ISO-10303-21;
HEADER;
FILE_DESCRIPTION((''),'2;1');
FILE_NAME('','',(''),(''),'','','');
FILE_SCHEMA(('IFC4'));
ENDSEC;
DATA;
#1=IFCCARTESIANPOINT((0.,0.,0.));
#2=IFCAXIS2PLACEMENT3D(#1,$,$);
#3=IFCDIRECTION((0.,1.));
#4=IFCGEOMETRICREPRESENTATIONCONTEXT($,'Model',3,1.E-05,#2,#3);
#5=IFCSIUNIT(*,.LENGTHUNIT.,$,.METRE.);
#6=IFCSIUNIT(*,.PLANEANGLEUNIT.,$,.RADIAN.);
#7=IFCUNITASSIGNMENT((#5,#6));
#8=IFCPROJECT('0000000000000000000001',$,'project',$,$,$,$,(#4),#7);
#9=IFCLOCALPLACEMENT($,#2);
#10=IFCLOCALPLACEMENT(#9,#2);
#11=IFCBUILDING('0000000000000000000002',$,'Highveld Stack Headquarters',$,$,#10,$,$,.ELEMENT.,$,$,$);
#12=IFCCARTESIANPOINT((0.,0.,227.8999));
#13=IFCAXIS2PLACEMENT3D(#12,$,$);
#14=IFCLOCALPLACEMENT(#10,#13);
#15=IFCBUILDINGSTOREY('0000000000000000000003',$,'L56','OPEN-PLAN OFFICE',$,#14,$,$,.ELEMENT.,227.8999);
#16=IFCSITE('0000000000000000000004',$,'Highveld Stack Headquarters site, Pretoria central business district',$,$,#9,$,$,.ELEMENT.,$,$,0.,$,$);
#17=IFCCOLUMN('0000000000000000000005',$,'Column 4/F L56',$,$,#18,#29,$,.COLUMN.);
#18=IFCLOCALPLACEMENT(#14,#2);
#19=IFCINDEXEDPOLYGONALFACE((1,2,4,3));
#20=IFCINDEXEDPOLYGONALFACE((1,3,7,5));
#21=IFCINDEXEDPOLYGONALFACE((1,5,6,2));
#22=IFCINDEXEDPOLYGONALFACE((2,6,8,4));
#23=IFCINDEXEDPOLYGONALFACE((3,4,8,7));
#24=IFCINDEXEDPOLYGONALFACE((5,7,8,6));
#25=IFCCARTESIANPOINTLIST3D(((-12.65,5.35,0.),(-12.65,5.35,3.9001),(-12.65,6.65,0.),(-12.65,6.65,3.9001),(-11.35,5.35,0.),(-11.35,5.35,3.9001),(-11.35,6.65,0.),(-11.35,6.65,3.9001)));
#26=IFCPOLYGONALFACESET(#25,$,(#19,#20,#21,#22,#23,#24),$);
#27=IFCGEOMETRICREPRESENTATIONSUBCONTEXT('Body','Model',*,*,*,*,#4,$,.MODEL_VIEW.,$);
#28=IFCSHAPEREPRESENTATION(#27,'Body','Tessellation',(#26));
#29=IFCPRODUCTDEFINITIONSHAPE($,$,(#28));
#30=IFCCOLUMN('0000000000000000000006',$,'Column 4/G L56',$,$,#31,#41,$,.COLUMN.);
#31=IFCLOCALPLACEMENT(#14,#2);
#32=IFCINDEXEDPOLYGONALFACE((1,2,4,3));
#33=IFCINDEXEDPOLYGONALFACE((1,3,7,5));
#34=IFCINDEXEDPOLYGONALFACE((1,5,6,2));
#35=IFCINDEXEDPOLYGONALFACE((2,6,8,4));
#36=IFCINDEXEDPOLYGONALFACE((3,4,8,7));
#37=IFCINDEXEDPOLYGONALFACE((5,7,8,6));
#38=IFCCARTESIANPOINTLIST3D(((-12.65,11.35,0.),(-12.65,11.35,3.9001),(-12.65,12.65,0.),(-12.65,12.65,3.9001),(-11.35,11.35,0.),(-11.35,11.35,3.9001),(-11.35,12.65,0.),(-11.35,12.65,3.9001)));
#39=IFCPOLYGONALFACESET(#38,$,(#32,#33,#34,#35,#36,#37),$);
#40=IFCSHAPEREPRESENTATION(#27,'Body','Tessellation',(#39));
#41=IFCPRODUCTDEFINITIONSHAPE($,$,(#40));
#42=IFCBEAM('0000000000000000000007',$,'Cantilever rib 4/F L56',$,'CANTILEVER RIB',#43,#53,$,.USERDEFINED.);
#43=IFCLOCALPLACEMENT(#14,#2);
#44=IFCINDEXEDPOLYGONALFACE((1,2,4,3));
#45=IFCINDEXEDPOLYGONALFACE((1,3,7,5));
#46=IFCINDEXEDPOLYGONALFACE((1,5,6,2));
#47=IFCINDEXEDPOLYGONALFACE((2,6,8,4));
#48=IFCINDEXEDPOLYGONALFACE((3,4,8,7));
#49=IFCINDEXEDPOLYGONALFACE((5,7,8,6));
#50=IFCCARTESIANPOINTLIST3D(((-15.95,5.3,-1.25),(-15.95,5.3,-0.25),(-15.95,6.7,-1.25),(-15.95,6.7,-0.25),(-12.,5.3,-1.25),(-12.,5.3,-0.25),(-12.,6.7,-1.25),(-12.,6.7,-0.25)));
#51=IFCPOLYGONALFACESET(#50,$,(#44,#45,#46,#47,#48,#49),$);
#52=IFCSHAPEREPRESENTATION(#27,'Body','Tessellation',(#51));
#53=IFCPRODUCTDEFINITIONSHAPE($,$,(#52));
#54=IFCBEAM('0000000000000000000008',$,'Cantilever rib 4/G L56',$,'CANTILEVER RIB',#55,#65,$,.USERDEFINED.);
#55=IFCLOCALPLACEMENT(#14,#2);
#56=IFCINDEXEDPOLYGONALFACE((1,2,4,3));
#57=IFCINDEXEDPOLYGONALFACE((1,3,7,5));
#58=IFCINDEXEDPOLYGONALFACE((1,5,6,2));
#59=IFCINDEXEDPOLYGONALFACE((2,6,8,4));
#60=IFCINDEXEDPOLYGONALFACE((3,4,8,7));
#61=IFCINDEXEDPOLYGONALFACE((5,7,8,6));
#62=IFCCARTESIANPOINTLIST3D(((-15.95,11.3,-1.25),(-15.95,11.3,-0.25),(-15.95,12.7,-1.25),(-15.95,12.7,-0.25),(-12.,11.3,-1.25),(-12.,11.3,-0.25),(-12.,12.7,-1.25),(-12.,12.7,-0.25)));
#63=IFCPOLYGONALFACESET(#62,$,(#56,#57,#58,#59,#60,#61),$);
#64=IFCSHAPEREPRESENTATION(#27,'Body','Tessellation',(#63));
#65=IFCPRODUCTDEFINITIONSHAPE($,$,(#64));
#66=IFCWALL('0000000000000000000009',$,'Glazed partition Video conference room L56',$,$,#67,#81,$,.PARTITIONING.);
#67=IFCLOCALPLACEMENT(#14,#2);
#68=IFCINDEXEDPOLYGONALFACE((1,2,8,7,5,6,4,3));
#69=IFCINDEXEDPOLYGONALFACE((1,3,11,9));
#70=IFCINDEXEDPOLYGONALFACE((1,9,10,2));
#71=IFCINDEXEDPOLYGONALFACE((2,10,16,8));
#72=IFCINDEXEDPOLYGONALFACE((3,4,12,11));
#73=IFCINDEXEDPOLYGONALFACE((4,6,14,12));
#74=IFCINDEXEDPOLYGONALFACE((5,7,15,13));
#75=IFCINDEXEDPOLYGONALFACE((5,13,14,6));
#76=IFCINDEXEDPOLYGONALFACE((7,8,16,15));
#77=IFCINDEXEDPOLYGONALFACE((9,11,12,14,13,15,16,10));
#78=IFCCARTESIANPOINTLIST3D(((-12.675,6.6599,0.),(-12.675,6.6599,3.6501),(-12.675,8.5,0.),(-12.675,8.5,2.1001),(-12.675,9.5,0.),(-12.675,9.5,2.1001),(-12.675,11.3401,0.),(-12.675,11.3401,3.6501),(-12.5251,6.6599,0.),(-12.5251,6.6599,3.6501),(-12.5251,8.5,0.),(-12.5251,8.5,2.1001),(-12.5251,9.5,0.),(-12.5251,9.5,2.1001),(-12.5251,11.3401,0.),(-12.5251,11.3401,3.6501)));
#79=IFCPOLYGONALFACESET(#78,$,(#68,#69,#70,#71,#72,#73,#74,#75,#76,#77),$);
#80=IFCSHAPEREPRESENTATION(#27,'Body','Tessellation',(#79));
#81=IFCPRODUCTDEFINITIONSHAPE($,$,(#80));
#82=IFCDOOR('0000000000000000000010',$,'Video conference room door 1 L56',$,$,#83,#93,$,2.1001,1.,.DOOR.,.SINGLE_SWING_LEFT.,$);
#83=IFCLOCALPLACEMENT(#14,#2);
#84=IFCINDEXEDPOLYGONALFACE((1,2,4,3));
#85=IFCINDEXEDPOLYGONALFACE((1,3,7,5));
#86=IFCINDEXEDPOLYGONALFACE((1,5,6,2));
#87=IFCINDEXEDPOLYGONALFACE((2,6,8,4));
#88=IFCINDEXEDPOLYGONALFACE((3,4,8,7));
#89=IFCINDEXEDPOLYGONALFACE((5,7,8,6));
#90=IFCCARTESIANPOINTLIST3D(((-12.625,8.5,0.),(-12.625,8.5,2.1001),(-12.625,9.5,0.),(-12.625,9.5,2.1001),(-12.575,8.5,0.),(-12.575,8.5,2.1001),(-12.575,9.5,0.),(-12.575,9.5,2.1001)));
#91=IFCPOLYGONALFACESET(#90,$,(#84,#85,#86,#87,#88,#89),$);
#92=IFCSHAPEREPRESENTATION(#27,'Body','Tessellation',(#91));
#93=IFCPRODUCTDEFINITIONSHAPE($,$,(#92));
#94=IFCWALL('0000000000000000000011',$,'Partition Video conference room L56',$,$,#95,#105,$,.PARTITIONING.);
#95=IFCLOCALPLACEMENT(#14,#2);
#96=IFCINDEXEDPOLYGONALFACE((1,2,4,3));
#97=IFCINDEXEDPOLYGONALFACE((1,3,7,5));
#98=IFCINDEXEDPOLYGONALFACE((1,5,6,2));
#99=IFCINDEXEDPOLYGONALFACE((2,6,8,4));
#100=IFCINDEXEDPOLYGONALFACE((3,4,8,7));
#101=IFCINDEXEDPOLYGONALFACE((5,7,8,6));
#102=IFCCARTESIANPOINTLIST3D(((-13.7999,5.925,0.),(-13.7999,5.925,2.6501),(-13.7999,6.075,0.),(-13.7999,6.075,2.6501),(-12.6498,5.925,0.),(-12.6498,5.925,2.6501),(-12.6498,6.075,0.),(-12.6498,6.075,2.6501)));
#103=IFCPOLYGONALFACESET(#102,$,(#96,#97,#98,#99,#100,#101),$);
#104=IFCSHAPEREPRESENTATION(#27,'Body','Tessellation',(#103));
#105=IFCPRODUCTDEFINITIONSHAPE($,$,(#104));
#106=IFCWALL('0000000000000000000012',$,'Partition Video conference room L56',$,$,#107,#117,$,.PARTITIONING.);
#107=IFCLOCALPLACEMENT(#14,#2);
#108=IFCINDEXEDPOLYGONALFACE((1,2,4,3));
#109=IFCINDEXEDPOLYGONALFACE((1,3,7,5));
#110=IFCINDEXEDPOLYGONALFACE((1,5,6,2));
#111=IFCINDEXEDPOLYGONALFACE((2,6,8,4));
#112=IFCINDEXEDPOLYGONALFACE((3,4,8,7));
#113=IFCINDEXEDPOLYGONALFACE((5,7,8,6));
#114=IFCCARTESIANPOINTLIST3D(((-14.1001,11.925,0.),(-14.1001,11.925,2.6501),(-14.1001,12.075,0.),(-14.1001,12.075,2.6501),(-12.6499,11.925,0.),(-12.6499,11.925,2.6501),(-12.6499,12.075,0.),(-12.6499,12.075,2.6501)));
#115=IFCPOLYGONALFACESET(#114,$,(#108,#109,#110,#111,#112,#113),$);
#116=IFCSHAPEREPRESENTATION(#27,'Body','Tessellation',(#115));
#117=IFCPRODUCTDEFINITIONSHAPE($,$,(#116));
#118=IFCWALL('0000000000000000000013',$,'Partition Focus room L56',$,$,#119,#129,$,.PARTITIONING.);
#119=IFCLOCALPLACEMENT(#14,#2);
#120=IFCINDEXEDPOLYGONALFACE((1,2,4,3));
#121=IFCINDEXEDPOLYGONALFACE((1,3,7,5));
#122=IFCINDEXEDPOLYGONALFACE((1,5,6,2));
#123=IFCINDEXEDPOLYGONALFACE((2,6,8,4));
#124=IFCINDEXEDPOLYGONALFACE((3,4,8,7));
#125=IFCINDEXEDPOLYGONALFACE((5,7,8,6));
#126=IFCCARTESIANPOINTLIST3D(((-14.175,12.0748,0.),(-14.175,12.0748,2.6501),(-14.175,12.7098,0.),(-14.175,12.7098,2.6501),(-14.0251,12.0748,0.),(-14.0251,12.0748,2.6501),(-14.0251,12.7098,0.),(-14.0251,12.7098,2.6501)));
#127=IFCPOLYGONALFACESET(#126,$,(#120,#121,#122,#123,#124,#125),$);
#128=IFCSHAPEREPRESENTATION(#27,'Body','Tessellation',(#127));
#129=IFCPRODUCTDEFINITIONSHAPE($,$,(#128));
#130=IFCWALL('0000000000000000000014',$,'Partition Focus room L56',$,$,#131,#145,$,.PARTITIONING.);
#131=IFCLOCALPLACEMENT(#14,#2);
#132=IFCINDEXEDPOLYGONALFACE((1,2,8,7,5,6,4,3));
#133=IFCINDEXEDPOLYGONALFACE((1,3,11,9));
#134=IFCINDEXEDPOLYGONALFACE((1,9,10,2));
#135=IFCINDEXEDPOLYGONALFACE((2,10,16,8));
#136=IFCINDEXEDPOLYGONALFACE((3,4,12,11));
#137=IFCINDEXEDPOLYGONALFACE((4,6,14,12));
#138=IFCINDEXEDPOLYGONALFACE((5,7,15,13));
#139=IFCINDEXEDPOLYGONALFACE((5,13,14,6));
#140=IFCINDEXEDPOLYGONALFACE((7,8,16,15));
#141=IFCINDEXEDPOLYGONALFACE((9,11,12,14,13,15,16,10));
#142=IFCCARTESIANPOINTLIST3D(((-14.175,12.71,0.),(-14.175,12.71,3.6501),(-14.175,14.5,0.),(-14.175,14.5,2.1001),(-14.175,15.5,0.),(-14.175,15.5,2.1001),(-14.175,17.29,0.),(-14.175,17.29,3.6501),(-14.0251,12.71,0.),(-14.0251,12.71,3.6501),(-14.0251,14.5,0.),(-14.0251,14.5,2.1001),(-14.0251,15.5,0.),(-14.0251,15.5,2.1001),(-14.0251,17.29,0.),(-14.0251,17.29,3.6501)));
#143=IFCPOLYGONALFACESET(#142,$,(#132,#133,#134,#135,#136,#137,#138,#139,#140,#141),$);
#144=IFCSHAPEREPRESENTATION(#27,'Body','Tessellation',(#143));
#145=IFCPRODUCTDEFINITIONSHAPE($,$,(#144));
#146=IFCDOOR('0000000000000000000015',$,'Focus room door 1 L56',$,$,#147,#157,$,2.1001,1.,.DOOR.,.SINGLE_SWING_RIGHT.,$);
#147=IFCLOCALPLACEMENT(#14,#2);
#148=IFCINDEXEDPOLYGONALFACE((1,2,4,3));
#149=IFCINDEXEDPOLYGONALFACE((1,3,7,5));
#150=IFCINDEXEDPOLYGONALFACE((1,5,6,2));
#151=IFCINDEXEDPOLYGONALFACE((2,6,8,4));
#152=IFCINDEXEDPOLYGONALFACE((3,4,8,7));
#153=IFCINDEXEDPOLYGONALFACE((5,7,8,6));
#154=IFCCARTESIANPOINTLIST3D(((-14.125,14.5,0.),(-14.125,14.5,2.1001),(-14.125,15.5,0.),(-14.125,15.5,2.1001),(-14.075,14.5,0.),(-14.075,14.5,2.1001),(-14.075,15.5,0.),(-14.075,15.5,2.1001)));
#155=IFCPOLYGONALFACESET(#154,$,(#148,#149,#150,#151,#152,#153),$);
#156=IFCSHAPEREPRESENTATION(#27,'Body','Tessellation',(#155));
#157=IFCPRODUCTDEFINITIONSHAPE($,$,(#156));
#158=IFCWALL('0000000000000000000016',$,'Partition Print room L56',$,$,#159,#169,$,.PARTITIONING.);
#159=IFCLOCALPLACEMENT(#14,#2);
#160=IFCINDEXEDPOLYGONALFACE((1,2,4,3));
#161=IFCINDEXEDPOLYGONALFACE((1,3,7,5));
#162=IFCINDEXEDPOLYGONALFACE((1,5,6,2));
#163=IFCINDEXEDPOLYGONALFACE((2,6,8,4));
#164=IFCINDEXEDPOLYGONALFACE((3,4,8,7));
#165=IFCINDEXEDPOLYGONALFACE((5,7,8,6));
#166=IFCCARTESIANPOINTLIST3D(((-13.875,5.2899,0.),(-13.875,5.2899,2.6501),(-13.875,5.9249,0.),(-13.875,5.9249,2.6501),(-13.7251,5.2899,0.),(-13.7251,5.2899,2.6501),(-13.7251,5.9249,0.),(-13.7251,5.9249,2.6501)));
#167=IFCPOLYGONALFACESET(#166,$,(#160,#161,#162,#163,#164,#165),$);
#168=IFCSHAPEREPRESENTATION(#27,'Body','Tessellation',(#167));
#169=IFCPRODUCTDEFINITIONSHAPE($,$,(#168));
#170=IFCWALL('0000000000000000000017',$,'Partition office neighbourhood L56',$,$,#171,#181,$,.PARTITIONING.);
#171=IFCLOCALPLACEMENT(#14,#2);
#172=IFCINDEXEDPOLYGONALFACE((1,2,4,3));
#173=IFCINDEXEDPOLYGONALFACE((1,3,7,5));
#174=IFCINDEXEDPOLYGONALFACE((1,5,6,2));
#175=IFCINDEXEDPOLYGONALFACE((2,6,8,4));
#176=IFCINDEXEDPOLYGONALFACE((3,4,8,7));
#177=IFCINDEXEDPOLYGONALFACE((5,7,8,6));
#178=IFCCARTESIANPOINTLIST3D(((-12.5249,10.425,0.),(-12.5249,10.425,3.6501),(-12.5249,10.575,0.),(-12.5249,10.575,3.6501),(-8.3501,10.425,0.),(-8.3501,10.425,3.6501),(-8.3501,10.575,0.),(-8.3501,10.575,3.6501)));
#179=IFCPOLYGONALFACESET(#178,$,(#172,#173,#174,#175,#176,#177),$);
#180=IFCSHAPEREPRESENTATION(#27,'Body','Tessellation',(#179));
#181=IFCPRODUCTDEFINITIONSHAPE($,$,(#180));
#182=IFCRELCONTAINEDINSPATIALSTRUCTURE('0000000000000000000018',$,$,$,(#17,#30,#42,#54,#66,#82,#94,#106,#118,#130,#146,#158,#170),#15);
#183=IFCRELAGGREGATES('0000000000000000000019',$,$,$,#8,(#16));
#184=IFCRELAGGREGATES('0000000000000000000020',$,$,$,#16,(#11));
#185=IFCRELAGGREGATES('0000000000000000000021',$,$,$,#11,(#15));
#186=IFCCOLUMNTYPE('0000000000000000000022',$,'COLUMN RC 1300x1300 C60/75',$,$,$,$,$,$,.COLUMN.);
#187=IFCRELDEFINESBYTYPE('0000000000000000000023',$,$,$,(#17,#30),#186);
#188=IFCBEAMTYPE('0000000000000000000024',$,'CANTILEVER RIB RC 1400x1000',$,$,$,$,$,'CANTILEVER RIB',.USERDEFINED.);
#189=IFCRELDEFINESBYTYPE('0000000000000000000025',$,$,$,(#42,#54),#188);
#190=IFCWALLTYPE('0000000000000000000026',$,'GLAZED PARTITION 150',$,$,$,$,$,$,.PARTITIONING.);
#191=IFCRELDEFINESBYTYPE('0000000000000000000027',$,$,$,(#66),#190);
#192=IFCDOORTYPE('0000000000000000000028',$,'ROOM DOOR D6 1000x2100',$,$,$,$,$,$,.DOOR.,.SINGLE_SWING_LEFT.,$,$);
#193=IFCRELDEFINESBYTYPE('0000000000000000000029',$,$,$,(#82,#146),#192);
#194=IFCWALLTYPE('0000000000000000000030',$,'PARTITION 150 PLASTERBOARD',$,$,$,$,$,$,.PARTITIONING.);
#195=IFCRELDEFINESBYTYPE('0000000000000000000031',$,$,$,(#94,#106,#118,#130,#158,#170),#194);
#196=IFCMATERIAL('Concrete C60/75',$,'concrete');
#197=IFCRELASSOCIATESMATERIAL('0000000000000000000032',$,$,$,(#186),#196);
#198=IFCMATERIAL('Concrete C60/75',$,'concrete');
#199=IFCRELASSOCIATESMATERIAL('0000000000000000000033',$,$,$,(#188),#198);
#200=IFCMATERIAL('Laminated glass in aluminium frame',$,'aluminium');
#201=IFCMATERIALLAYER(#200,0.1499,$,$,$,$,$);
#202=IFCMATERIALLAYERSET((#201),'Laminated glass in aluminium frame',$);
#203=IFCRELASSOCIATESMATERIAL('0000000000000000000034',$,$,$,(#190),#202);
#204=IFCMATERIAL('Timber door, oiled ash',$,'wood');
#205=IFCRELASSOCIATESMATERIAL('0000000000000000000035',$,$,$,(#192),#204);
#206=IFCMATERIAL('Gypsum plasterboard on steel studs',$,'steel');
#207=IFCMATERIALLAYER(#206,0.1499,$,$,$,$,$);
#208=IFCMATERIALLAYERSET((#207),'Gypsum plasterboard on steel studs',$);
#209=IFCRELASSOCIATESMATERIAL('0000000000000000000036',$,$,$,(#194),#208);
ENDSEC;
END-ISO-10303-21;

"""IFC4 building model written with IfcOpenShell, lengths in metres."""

from ifc_helpers import new_model, si_unit, direction, frame, frame_2d, origin, origin_2d, place, context, subcontext, project, spatial, rectangle, extrude, material, layer, layer_set, material_profile, profile_set, type_object, element, fill, save


model = new_model("IFC4")

# Units and contexts
model_context = context("Model", 3, precision=1e-05, world=origin(), true_north=direction((0.0, 1.0)))
body_context = subcontext(model_context, "Body", "Model", "MODEL_VIEW")
ifc_project = project(units=[si_unit("LENGTHUNIT", "METRE"), si_unit("PLANEANGLEUNIT", "RADIAN")], contexts=[model_context])

# Site, building, storey
site_placement = place(None, origin())
site = spatial("IfcSite", under=ifc_project, at=site_placement, Name="Highveld Stack Headquarters site, Pretoria central business district", CompositionType="ELEMENT", RefElevation=0.0)
building_placement = place(site_placement, origin())
building = spatial("IfcBuilding", under=site, at=building_placement, Name="Highveld Stack Headquarters", CompositionType="ELEMENT")
storey_placement = place(building_placement, frame((0.0, 0.0, 227.8999)))
storey = spatial("IfcBuildingStorey", under=building, at=storey_placement, Name="L56", Description="OPEN-PLAN OFFICE", CompositionType="ELEMENT", Elevation=227.8999)

# Columns
ifc_material_1 = material(Name="Concrete C60/75", Category="concrete")
ifc_material_profile_1 = material_profile(ifc_material_1, rectangle(XDim=1.3, YDim=1.3, at=origin_2d()), Name="RC 1300x1300")
ifc_profile_set_1 = profile_set([ifc_material_profile_1], Name="Concrete C60/75")
column_type = type_object("IfcColumnType", Name="COLUMN RC 1300x1300 C60/75", PredefinedType="COLUMN", material=ifc_profile_set_1)
for number, where, z_axis, x_axis, name in (
    (1, (-12.0, 6.0, 0.0), (0.0, 0.0, 1.0), (1.0, 0.0, 0.0), "Column 4/F L56"),
    (2, (-12.0, 12.0, 0.0), (0.0, 0.0, 1.0), (1.0, 0.0, 0.0), "Column 4/G L56"),
):
    element("IfcColumn", number, at=place(storey_placement, frame(where, z_axis=z_axis, x_axis=x_axis)), inside=storey, type_object=column_type, Name=name, PredefinedType="COLUMN", context=body_context, shape_type="SweptSolid", body=[
        extrude(rectangle(XDim=1.3, YDim=1.3, at=origin_2d()), origin(), (0.0, 0.0, 1.0), 3.9001),
    ])

# Beams
ifc_material_2 = material(Name="Concrete C60/75", Category="concrete")
ifc_material_profile_2 = material_profile(ifc_material_2, rectangle(XDim=1.3999, YDim=1.0, at=origin_2d()), Name="RC 1400x1000")
ifc_profile_set_2 = profile_set([ifc_material_profile_2], Name="Concrete C60/75")
beam_type = type_object("IfcBeamType", Name="CANTILEVER RIB RC 1400x1000", ElementType="CANTILEVER RIB", PredefinedType="USERDEFINED", material=ifc_profile_set_2)
for number, where, z_axis, x_axis, name in (
    (3, (-12.0, 6.0, -0.75), (-1.0, 0.0, 0.0), (0.0, -1.0, 0.0), "Cantilever rib 4/F L56"),
    (4, (-12.0, 12.0, -0.75), (-1.0, 0.0, 0.0), (0.0, -1.0, 0.0), "Cantilever rib 4/G L56"),
):
    element("IfcBeam", number, at=place(storey_placement, frame(where, z_axis=z_axis, x_axis=x_axis)), inside=storey, type_object=beam_type, Name=name, ObjectType="CANTILEVER RIB", PredefinedType="USERDEFINED", context=body_context, shape_type="SweptSolid", body=[
        extrude(rectangle(XDim=1.3999, YDim=1.0, at=origin_2d()), origin(), (0.0, 0.0, 1.0), 3.95),
    ])

# Wall, opening, door
ifc_material_3 = material(Name="Laminated glass in aluminium frame", Category="aluminium")
ifc_layer_1 = layer(ifc_material_3, 0.1499)
ifc_layer_set_1 = layer_set([ifc_layer_1], Name="Laminated glass in aluminium frame")
wall_type_1 = type_object("IfcWallType", Name="GLAZED PARTITION 150", PredefinedType="PARTITIONING", material=ifc_layer_set_1)
wall_1_placement = place(storey_placement, frame((-12.6001, 6.6599, 0.0), z_axis=(0.0, 0.0, 1.0), x_axis=(0.0, 1.0, 0.0)))
wall_1 = element("IfcWall", 5, at=wall_1_placement, inside=storey, type_object=wall_type_1, Name="Glazed partition Video conference room L56", PredefinedType="PARTITIONING", context=body_context, shape_type="SweptSolid", body=[
    extrude(rectangle(XDim=4.6802, YDim=0.1499, at=frame_2d((2.3401, 0.0))), origin(), (0.0, 0.0, 1.0), 3.6501),
])
opening_1_placement = place(wall_1_placement, frame((1.8401, 0.0, 0.0)))
opening_1 = element("IfcOpeningElement", 6, at=opening_1_placement, cuts=wall_1, PredefinedType="OPENING", context=body_context, shape_type="SweptSolid", body=[
    extrude(rectangle(XDim=1.0, YDim=2.1001, at=frame_2d((0.5, 1.05))), frame((0.0, 0.085, 0.0), z_axis=(0.0, -1.0, 0.0), x_axis=(1.0, 0.0, 0.0)), (0.0, 0.0, 1.0), 0.1699),
])
ifc_material_4 = material(Name="Timber door, oiled ash", Category="wood")
door_type = type_object("IfcDoorType", Name="ROOM DOOR D6 1000x2100", OperationType="SINGLE_SWING_LEFT", PredefinedType="DOOR", material=ifc_material_4)
door_1_placement = place(opening_1_placement, origin())
door_1 = element("IfcDoor", 7, at=door_1_placement, inside=storey, type_object=door_type, Name="Video conference room door 1 L56", OperationType="SINGLE_SWING_LEFT", OverallHeight=2.1001, OverallWidth=1.0, PredefinedType="DOOR", context=body_context, shape_type="SweptSolid", body=[
    extrude(rectangle(XDim=1.0, YDim=2.1001, at=frame_2d((0.5, 1.05))), frame((0.0, 0.0249, 0.0), z_axis=(0.0, -1.0, 0.0), x_axis=(1.0, 0.0, 0.0)), (0.0, 0.0, 1.0), 0.05),
])
fill(opening_1, door_1)

# Walls
ifc_material_5 = material(Name="Gypsum plasterboard on steel studs", Category="steel")
ifc_layer_2 = layer(ifc_material_5, 0.1499)
ifc_layer_set_2 = layer_set([ifc_layer_2], Name="Gypsum plasterboard on steel studs")
wall_type_2 = type_object("IfcWallType", Name="PARTITION 150 PLASTERBOARD", PredefinedType="PARTITIONING", material=ifc_layer_set_2)
wall_2_placement = place(storey_placement, frame((-13.8, 6.0, 0.0), z_axis=(0.0, 0.0, 1.0), x_axis=(1.0, 0.0, 0.0)))
element("IfcWall", 8, at=wall_2_placement, inside=storey, type_object=wall_type_2, Name="Partition Video conference room L56", PredefinedType="PARTITIONING", context=body_context, shape_type="SweptSolid", body=[
    extrude(rectangle(XDim=1.1501, YDim=0.1499, at=frame_2d((0.5752, 0.0))), origin(), (0.0, 0.0, 1.0), 2.6501),
])
wall_3_placement = place(storey_placement, frame((-14.1001, 12.0, 0.0), z_axis=(0.0, 0.0, 1.0), x_axis=(1.0, 0.0, 0.0)))
element("IfcWall", 9, at=wall_3_placement, inside=storey, type_object=wall_type_2, Name="Partition Video conference room L56", PredefinedType="PARTITIONING", context=body_context, shape_type="SweptSolid", body=[
    extrude(rectangle(XDim=1.4502, YDim=0.1499, at=frame_2d((0.7251, 0.0))), origin(), (0.0, 0.0, 1.0), 2.6501),
])
wall_4_placement = place(storey_placement, frame((-14.1001, 12.075, 0.0), z_axis=(0.0, 0.0, 1.0), x_axis=(0.0, 1.0, 0.0)))
element("IfcWall", 10, at=wall_4_placement, inside=storey, type_object=wall_type_2, Name="Partition Focus room L56", PredefinedType="PARTITIONING", context=body_context, shape_type="SweptSolid", body=[
    extrude(rectangle(XDim=0.635, YDim=0.1499, at=frame_2d((0.3174, 0.0))), origin(), (0.0, 0.0, 1.0), 2.6501),
])

# Wall, opening, door
wall_5_placement = place(storey_placement, frame((-14.1001, 12.71, 0.0), z_axis=(0.0, 0.0, 1.0), x_axis=(0.0, 1.0, 0.0)))
wall_5 = element("IfcWall", 11, at=wall_5_placement, inside=storey, type_object=wall_type_2, Name="Partition Focus room L56", PredefinedType="PARTITIONING", context=body_context, shape_type="SweptSolid", body=[
    extrude(rectangle(XDim=4.5801, YDim=0.1499, at=frame_2d((2.29, 0.0))), origin(), (0.0, 0.0, 1.0), 3.6501),
])
opening_2_placement = place(wall_5_placement, frame((1.79, 0.0, 0.0)))
opening_2 = element("IfcOpeningElement", 12, at=opening_2_placement, cuts=wall_5, PredefinedType="OPENING", context=body_context, shape_type="SweptSolid", body=[
    extrude(rectangle(XDim=1.0, YDim=2.1001, at=frame_2d((0.5, 1.05))), frame((0.0, 0.085, 0.0), z_axis=(0.0, -1.0, 0.0), x_axis=(1.0, 0.0, 0.0)), (0.0, 0.0, 1.0), 0.1699),
])
door_2_placement = place(opening_2_placement, origin())
door_2 = element("IfcDoor", 13, at=door_2_placement, inside=storey, type_object=door_type, Name="Focus room door 1 L56", OperationType="SINGLE_SWING_RIGHT", OverallHeight=2.1001, OverallWidth=1.0, PredefinedType="DOOR", context=body_context, shape_type="SweptSolid", body=[
    extrude(rectangle(XDim=1.0, YDim=2.1001, at=frame_2d((0.5, 1.05))), frame((0.0, 0.0249, 0.0), z_axis=(0.0, -1.0, 0.0), x_axis=(1.0, 0.0, 0.0)), (0.0, 0.0, 1.0), 0.05),
])
fill(opening_2, door_2)

# Walls
wall_6_placement = place(storey_placement, frame((-13.8, 5.29, 0.0), z_axis=(0.0, 0.0, 1.0), x_axis=(0.0, 1.0, 0.0)))
element("IfcWall", 14, at=wall_6_placement, inside=storey, type_object=wall_type_2, Name="Partition Print room L56", PredefinedType="PARTITIONING", context=body_context, shape_type="SweptSolid", body=[
    extrude(rectangle(XDim=0.635, YDim=0.1499, at=frame_2d((0.3174, 0.0))), origin(), (0.0, 0.0, 1.0), 2.6501),
])
wall_7_placement = place(storey_placement, frame((-12.5249, 10.5, 0.0), z_axis=(0.0, 0.0, 1.0), x_axis=(1.0, 0.0, 0.0)))
element("IfcWall", 15, at=wall_7_placement, inside=storey, type_object=wall_type_2, Name="Partition office neighbourhood L56", PredefinedType="PARTITIONING", context=body_context, shape_type="SweptSolid", body=[
    extrude(rectangle(XDim=4.1748, YDim=0.1499, at=frame_2d((2.0874, 0.0))), origin(), (0.0, 0.0, 1.0), 3.6501),
])

save(model, "model.ifc")
